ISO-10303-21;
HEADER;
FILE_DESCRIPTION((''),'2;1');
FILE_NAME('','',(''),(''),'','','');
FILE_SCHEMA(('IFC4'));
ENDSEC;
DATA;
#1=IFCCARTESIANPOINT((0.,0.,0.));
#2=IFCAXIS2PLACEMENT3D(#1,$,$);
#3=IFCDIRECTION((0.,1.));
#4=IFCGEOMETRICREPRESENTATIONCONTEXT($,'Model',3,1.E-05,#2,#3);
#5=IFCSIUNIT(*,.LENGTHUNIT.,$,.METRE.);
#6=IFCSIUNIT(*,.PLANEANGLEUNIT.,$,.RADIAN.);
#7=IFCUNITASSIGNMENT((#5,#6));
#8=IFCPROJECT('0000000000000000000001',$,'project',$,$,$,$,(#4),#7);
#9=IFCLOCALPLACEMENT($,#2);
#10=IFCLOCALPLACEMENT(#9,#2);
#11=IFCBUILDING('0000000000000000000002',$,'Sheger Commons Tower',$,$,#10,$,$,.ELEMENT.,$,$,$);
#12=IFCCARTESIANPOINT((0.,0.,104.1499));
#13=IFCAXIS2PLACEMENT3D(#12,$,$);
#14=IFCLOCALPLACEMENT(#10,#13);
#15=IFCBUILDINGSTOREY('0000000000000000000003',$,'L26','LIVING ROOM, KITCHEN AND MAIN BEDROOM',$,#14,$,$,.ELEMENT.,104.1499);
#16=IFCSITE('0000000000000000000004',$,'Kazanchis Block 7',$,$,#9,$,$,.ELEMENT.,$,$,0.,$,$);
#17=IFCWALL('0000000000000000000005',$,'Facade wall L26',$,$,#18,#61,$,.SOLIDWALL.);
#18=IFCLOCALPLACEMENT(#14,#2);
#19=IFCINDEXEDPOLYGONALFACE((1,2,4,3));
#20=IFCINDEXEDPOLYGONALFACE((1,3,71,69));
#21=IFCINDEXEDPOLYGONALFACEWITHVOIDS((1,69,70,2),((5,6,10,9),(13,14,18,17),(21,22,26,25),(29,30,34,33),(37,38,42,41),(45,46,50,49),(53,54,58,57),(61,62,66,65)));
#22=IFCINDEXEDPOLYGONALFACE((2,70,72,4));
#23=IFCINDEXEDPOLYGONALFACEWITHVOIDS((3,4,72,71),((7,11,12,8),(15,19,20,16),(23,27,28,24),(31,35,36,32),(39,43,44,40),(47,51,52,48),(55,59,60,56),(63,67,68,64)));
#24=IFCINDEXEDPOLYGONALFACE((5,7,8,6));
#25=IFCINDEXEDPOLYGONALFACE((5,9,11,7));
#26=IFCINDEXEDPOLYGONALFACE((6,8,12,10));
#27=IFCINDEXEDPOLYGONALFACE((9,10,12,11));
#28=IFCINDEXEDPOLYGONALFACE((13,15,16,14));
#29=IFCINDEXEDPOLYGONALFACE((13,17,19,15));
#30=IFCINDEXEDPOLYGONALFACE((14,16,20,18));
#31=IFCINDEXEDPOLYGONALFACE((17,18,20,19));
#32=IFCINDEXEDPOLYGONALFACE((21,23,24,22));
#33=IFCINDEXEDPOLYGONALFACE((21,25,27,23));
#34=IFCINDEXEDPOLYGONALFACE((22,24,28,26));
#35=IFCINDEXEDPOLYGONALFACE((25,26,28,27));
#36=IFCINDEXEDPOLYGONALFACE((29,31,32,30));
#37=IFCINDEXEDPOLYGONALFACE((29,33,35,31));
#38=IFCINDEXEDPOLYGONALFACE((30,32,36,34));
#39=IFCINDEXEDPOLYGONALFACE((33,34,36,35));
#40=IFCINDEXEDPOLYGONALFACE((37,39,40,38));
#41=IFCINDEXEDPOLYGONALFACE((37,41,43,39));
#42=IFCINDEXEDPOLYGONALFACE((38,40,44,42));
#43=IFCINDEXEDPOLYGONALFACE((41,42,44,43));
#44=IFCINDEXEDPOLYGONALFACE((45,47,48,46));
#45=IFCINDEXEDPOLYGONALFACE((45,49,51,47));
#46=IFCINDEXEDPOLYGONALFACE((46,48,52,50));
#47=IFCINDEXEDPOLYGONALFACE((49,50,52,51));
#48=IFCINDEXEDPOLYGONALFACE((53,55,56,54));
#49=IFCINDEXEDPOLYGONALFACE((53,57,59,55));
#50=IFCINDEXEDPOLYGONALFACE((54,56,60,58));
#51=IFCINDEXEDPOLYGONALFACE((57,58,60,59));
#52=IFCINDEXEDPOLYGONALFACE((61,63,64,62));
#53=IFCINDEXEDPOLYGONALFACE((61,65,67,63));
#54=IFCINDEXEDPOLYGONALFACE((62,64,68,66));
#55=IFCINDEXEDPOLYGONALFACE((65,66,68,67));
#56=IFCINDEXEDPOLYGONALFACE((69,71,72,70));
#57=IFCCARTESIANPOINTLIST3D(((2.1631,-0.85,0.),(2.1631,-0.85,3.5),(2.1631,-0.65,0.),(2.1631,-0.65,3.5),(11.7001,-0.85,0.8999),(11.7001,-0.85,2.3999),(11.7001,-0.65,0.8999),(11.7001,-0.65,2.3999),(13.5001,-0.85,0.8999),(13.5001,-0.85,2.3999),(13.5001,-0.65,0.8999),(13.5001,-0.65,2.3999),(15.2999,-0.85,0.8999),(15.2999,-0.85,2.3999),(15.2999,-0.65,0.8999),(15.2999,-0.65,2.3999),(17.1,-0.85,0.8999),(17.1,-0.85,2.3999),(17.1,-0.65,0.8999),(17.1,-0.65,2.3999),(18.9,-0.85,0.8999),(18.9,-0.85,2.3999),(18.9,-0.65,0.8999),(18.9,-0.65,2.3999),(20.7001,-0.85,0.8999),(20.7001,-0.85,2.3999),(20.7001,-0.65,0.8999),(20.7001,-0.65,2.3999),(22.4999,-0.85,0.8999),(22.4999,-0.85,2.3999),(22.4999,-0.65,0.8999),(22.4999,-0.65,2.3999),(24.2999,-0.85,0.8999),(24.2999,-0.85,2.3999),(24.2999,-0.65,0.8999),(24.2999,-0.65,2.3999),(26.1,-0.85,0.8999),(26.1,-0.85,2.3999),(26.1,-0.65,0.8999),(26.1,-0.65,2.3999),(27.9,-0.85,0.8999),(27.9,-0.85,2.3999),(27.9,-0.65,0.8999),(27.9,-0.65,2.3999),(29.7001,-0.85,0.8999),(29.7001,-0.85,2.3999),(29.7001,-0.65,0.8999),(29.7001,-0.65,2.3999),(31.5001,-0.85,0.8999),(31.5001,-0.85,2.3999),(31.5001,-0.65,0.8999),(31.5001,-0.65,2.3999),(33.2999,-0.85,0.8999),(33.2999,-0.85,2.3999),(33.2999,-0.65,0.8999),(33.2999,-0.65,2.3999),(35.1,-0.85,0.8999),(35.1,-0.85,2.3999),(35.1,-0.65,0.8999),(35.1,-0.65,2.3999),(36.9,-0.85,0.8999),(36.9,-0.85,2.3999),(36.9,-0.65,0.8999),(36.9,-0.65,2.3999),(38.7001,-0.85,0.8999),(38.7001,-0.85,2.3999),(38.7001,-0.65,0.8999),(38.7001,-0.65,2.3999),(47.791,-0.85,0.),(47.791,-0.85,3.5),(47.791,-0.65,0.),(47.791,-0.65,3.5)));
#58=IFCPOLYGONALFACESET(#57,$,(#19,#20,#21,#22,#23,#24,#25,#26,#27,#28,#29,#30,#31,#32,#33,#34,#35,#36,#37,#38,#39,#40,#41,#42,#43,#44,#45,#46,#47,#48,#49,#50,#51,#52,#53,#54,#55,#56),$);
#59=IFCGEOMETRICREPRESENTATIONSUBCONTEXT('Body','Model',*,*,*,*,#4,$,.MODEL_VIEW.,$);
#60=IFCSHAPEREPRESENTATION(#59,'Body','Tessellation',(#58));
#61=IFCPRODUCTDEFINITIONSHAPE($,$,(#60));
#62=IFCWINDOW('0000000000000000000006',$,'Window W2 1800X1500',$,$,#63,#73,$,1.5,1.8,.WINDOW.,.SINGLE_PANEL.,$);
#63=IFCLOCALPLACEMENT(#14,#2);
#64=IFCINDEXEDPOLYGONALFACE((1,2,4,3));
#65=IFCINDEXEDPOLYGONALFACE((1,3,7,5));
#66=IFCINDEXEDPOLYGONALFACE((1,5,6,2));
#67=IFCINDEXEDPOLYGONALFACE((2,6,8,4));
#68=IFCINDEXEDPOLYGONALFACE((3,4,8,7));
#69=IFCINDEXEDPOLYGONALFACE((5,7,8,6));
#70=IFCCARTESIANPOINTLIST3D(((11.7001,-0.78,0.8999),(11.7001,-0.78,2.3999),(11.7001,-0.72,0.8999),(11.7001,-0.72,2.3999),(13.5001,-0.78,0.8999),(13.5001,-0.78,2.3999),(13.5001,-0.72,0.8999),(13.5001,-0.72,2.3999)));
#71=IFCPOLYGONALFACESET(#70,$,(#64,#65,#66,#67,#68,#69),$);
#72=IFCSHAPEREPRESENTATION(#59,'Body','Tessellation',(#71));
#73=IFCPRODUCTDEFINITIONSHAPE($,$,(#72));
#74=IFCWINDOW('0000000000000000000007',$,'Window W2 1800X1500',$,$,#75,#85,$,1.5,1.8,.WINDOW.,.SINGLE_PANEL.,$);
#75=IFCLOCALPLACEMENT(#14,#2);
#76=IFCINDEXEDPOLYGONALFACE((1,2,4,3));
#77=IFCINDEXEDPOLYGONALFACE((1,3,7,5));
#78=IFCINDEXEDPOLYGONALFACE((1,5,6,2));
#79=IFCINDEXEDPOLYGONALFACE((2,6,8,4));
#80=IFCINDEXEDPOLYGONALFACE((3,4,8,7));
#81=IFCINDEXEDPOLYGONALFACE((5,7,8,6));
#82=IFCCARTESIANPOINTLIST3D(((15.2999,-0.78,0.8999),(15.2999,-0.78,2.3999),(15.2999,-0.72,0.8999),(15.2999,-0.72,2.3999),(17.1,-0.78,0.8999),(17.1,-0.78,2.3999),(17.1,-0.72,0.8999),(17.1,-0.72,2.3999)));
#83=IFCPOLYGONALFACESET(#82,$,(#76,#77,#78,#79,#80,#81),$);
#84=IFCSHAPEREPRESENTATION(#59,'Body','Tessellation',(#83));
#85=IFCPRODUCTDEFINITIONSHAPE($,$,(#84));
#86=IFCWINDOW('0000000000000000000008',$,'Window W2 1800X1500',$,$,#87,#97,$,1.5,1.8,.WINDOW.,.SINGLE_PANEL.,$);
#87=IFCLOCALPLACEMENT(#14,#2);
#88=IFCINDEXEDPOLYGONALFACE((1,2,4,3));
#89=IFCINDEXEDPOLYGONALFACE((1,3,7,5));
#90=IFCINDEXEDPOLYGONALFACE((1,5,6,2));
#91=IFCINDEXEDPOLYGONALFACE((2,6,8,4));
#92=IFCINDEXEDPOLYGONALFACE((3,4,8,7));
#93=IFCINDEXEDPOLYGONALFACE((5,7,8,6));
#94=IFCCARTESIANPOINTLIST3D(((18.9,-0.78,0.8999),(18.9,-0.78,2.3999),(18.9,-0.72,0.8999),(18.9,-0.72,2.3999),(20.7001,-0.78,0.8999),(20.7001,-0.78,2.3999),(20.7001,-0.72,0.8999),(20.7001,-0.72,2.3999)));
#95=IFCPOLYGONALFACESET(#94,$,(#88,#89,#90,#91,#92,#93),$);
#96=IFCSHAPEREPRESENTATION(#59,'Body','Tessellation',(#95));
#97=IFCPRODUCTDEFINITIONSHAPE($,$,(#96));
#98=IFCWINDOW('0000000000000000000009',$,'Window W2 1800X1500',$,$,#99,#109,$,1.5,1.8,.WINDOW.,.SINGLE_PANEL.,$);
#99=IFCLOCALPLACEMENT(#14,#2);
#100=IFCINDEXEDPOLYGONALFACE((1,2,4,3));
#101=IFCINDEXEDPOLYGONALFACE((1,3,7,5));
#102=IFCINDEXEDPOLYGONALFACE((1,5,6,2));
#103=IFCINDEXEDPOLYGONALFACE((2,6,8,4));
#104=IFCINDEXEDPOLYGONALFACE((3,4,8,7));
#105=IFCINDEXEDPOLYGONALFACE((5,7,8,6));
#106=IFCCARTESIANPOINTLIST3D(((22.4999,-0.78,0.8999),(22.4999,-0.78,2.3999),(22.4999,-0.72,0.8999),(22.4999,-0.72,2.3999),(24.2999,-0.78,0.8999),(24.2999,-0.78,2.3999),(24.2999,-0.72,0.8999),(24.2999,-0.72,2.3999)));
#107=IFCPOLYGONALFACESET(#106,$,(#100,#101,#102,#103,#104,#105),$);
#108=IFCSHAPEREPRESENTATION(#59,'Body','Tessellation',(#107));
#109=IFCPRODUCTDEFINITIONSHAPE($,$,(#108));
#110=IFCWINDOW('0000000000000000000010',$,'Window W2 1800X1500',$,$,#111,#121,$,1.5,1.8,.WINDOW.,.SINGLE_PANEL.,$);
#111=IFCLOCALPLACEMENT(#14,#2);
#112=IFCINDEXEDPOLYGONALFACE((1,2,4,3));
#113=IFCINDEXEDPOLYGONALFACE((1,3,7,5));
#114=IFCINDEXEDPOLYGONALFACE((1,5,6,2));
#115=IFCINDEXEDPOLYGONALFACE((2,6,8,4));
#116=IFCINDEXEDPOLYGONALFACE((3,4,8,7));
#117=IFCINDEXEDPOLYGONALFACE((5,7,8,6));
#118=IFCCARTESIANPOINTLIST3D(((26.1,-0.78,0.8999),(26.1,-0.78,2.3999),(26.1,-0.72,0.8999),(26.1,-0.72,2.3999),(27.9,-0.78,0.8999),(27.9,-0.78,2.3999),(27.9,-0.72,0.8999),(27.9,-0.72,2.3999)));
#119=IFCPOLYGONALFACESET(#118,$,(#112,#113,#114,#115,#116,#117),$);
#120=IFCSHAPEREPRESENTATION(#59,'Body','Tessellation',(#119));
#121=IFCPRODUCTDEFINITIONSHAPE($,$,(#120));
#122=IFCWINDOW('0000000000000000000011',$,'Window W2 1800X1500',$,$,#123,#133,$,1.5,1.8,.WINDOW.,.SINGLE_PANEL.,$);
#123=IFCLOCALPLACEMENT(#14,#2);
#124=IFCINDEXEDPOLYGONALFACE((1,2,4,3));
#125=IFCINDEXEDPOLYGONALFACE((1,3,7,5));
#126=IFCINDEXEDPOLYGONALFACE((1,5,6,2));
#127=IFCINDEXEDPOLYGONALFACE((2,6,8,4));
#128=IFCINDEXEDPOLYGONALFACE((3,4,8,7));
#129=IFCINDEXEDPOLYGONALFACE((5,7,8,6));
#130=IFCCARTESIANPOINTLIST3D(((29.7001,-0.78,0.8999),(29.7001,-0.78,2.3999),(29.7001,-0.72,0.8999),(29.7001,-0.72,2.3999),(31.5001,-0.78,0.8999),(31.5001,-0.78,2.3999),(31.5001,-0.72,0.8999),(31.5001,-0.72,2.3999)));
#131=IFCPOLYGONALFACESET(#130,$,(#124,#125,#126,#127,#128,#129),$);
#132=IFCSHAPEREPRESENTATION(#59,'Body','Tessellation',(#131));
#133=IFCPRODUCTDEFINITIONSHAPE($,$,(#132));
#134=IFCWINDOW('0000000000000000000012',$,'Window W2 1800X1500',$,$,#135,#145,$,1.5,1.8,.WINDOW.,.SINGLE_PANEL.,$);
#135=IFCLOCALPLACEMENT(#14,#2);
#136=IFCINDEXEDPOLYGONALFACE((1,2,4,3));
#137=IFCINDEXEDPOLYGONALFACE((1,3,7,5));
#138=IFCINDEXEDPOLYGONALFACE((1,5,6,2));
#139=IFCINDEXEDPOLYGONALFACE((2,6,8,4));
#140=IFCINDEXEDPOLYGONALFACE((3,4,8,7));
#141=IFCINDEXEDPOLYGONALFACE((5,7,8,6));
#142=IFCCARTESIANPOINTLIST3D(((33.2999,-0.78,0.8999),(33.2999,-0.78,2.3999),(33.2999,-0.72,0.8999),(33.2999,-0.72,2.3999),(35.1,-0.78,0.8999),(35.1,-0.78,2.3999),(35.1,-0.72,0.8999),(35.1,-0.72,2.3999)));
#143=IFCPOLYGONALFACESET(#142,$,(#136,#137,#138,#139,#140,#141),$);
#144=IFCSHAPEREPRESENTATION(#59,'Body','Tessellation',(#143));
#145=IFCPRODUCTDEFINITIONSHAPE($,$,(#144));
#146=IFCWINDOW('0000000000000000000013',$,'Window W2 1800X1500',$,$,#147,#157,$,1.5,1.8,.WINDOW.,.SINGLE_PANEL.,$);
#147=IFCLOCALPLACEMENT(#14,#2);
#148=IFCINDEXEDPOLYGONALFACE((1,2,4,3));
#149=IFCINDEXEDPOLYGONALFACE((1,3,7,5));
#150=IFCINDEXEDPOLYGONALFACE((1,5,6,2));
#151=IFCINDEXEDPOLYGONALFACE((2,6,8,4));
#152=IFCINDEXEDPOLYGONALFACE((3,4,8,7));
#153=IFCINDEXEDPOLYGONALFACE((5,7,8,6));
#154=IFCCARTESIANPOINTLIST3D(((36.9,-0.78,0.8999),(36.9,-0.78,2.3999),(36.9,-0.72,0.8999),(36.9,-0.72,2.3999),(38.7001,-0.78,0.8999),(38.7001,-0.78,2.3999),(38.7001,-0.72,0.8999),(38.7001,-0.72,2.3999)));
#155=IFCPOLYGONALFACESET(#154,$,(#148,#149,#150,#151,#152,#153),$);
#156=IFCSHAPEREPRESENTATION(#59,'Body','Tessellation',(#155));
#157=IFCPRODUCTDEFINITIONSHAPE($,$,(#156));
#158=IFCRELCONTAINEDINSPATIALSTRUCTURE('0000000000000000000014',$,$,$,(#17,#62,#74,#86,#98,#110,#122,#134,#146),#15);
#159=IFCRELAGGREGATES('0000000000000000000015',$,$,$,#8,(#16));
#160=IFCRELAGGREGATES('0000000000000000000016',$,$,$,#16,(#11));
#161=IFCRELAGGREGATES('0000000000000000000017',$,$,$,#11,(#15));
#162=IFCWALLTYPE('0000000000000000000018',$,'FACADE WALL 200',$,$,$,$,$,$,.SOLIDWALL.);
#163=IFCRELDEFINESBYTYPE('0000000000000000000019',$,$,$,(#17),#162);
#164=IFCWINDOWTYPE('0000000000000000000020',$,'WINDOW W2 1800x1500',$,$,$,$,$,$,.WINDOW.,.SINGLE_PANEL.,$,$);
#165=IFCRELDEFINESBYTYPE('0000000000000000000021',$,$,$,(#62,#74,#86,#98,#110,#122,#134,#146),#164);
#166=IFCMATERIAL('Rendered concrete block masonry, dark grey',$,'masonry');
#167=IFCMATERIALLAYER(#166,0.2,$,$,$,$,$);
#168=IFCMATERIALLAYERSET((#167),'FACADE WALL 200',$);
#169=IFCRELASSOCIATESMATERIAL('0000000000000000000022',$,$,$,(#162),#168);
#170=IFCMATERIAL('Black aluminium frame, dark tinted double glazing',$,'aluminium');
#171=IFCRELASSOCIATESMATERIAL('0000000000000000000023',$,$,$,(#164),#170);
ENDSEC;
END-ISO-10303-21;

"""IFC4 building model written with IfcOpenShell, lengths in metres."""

from ifc_helpers import new_model, si_unit, direction, frame, frame_2d, origin, place, context, subcontext, project, spatial, rectangle, extrude, material, layer, layer_set, type_object, element, fill, save


model = new_model("IFC4")

# Units and contexts
model_context = context("Model", 3, precision=1e-05, world=origin(), true_north=direction((0.0, 1.0)))
body_context = subcontext(model_context, "Body", "Model", "MODEL_VIEW")
ifc_project = project(units=[si_unit("LENGTHUNIT", "METRE"), si_unit("PLANEANGLEUNIT", "RADIAN")], contexts=[model_context])

# Site, building, storey
site_placement = place(None, origin())
site = spatial("IfcSite", under=ifc_project, at=site_placement, Name="Kazanchis Block 7", CompositionType="ELEMENT", RefElevation=0.0)
building_placement = place(site_placement, origin())
building = spatial("IfcBuilding", under=site, at=building_placement, Name="Sheger Commons Tower", CompositionType="ELEMENT")
storey_placement = place(building_placement, frame((0.0, 0.0, 104.1499)))
storey = spatial("IfcBuildingStorey", under=building, at=storey_placement, Name="L26", Description="LIVING ROOM, KITCHEN AND MAIN BEDROOM", CompositionType="ELEMENT", Elevation=104.1499)

# Wall, openings, windows
ifc_material_1 = material(Name="Rendered concrete block masonry, dark grey", Category="masonry")
ifc_layer_1 = layer(ifc_material_1, 0.2)
ifc_layer_set_1 = layer_set([ifc_layer_1], Name="FACADE WALL 200")
wall_type_1 = type_object("IfcWallType", Name="FACADE WALL 200", PredefinedType="SOLIDWALL", material=ifc_layer_set_1)
wall_1_placement = place(storey_placement, frame((2.1631, -0.75, 0.0), z_axis=(0.0, 0.0, 1.0), x_axis=(1.0, 0.0, 0.0)))
wall_1 = element("IfcWall", 1, at=wall_1_placement, inside=storey, type_object=wall_type_1, Name="Facade wall L26", PredefinedType="SOLIDWALL", context=body_context, shape_type="SweptSolid", body=[
    extrude(rectangle(XDim=45.6279, YDim=0.2, at=frame_2d((22.814, 0.0))), origin(), (0.0, 0.0, 1.0), 3.5),
])
opening_1_placement = place(wall_1_placement, frame((9.5371, 0.0, 0.8999)))
opening_1 = element("IfcOpeningElement", 2, at=opening_1_placement, cuts=wall_1, PredefinedType="OPENING", context=body_context, shape_type="SweptSolid", body=[
    extrude(rectangle(XDim=1.8, YDim=1.5, at=frame_2d((0.8999, 0.75))), frame((0.0, 0.1099, 0.0), z_axis=(0.0, -1.0, 0.0), x_axis=(1.0, 0.0, 0.0)), (0.0, 0.0, 1.0), 0.22),
])
opening_2_placement = place(wall_1_placement, frame((13.137, 0.0, 0.8999)))
opening_2 = element("IfcOpeningElement", 3, at=opening_2_placement, cuts=wall_1, PredefinedType="OPENING", context=body_context, shape_type="SweptSolid", body=[
    extrude(rectangle(XDim=1.8, YDim=1.5, at=frame_2d((0.8999, 0.75))), frame((0.0, 0.1099, 0.0), z_axis=(0.0, -1.0, 0.0), x_axis=(1.0, 0.0, 0.0)), (0.0, 0.0, 1.0), 0.22),
])
opening_3_placement = place(wall_1_placement, frame((16.7371, 0.0, 0.8999)))
opening_3 = element("IfcOpeningElement", 4, at=opening_3_placement, cuts=wall_1, PredefinedType="OPENING", context=body_context, shape_type="SweptSolid", body=[
    extrude(rectangle(XDim=1.8, YDim=1.5, at=frame_2d((0.8999, 0.75))), frame((0.0, 0.1099, 0.0), z_axis=(0.0, -1.0, 0.0), x_axis=(1.0, 0.0, 0.0)), (0.0, 0.0, 1.0), 0.22),
])
opening_4_placement = place(wall_1_placement, frame((20.3369, 0.0, 0.8999)))
opening_4 = element("IfcOpeningElement", 5, at=opening_4_placement, cuts=wall_1, PredefinedType="OPENING", context=body_context, shape_type="SweptSolid", body=[
    extrude(rectangle(XDim=1.8, YDim=1.5, at=frame_2d((0.8999, 0.75))), frame((0.0, 0.1099, 0.0), z_axis=(0.0, -1.0, 0.0), x_axis=(1.0, 0.0, 0.0)), (0.0, 0.0, 1.0), 0.22),
])
opening_5_placement = place(wall_1_placement, frame((23.937, 0.0, 0.8999)))
opening_5 = element("IfcOpeningElement", 6, at=opening_5_placement, cuts=wall_1, PredefinedType="OPENING", context=body_context, shape_type="SweptSolid", body=[
    extrude(rectangle(XDim=1.8, YDim=1.5, at=frame_2d((0.8999, 0.75))), frame((0.0, 0.1099, 0.0), z_axis=(0.0, -1.0, 0.0), x_axis=(1.0, 0.0, 0.0)), (0.0, 0.0, 1.0), 0.22),
])
opening_6_placement = place(wall_1_placement, frame((27.5371, 0.0, 0.8999)))
opening_6 = element("IfcOpeningElement", 7, at=opening_6_placement, cuts=wall_1, PredefinedType="OPENING", context=body_context, shape_type="SweptSolid", body=[
    extrude(rectangle(XDim=1.8, YDim=1.5, at=frame_2d((0.8999, 0.75))), frame((0.0, 0.1099, 0.0), z_axis=(0.0, -1.0, 0.0), x_axis=(1.0, 0.0, 0.0)), (0.0, 0.0, 1.0), 0.22),
])
opening_7_placement = place(wall_1_placement, frame((31.137, 0.0, 0.8999)))
opening_7 = element("IfcOpeningElement", 8, at=opening_7_placement, cuts=wall_1, PredefinedType="OPENING", context=body_context, shape_type="SweptSolid", body=[
    extrude(rectangle(XDim=1.8, YDim=1.5, at=frame_2d((0.8999, 0.75))), frame((0.0, 0.1099, 0.0), z_axis=(0.0, -1.0, 0.0), x_axis=(1.0, 0.0, 0.0)), (0.0, 0.0, 1.0), 0.22),
])
opening_8_placement = place(wall_1_placement, frame((34.7371, 0.0, 0.8999)))
opening_8 = element("IfcOpeningElement", 9, at=opening_8_placement, cuts=wall_1, PredefinedType="OPENING", context=body_context, shape_type="SweptSolid", body=[
    extrude(rectangle(XDim=1.8, YDim=1.5, at=frame_2d((0.8999, 0.75))), frame((0.0, 0.1099, 0.0), z_axis=(0.0, -1.0, 0.0), x_axis=(1.0, 0.0, 0.0)), (0.0, 0.0, 1.0), 0.22),
])
ifc_material_2 = material(Name="Black aluminium frame, dark tinted double glazing", Category="aluminium")
window_type = type_object("IfcWindowType", Name="WINDOW W2 1800x1500", PartitioningType="SINGLE_PANEL", PredefinedType="WINDOW", material=ifc_material_2)
window_1_placement = place(opening_1_placement, origin())
window_1 = element("IfcWindow", 10, at=window_1_placement, inside=storey, type_object=window_type, Name="Window W2 1800X1500", OverallHeight=1.5, OverallWidth=1.8, PartitioningType="SINGLE_PANEL", PredefinedType="WINDOW", context=body_context, shape_type="SweptSolid", body=[
    extrude(rectangle(XDim=1.8, YDim=1.5, at=frame_2d((0.8999, 0.75))), frame((0.0, 0.03, 0.0), z_axis=(0.0, -1.0, 0.0), x_axis=(1.0, 0.0, 0.0)), (0.0, 0.0, 1.0), 0.0601),
])
fill(opening_1, window_1)
window_2_placement = place(opening_2_placement, origin())
window_2 = element("IfcWindow", 11, at=window_2_placement, inside=storey, type_object=window_type, Name="Window W2 1800X1500", OverallHeight=1.5, OverallWidth=1.8, PartitioningType="SINGLE_PANEL", PredefinedType="WINDOW", context=body_context, shape_type="SweptSolid", body=[
    extrude(rectangle(XDim=1.8, YDim=1.5, at=frame_2d((0.8999, 0.75))), frame((0.0, 0.03, 0.0), z_axis=(0.0, -1.0, 0.0), x_axis=(1.0, 0.0, 0.0)), (0.0, 0.0, 1.0), 0.0601),
])
fill(opening_2, window_2)
window_3_placement = place(opening_3_placement, origin())
window_3 = element("IfcWindow", 12, at=window_3_placement, inside=storey, type_object=window_type, Name="Window W2 1800X1500", OverallHeight=1.5, OverallWidth=1.8, PartitioningType="SINGLE_PANEL", PredefinedType="WINDOW", context=body_context, shape_type="SweptSolid", body=[
    extrude(rectangle(XDim=1.8, YDim=1.5, at=frame_2d((0.8999, 0.75))), frame((0.0, 0.03, 0.0), z_axis=(0.0, -1.0, 0.0), x_axis=(1.0, 0.0, 0.0)), (0.0, 0.0, 1.0), 0.0601),
])
fill(opening_3, window_3)
window_4_placement = place(opening_4_placement, origin())
window_4 = element("IfcWindow", 13, at=window_4_placement, inside=storey, type_object=window_type, Name="Window W2 1800X1500", OverallHeight=1.5, OverallWidth=1.8, PartitioningType="SINGLE_PANEL", PredefinedType="WINDOW", context=body_context, shape_type="SweptSolid", body=[
    extrude(rectangle(XDim=1.8, YDim=1.5, at=frame_2d((0.8999, 0.75))), frame((0.0, 0.03, 0.0), z_axis=(0.0, -1.0, 0.0), x_axis=(1.0, 0.0, 0.0)), (0.0, 0.0, 1.0), 0.0601),
])
fill(opening_4, window_4)
window_5_placement = place(opening_5_placement, origin())
window_5 = element("IfcWindow", 14, at=window_5_placement, inside=storey, type_object=window_type, Name="Window W2 1800X1500", OverallHeight=1.5, OverallWidth=1.8, PartitioningType="SINGLE_PANEL", PredefinedType="WINDOW", context=body_context, shape_type="SweptSolid", body=[
    extrude(rectangle(XDim=1.8, YDim=1.5, at=frame_2d((0.8999, 0.75))), frame((0.0, 0.03, 0.0), z_axis=(0.0, -1.0, 0.0), x_axis=(1.0, 0.0, 0.0)), (0.0, 0.0, 1.0), 0.0601),
])
fill(opening_5, window_5)
window_6_placement = place(opening_6_placement, origin())
window_6 = element("IfcWindow", 15, at=window_6_placement, inside=storey, type_object=window_type, Name="Window W2 1800X1500", OverallHeight=1.5, OverallWidth=1.8, PartitioningType="SINGLE_PANEL", PredefinedType="WINDOW", context=body_context, shape_type="SweptSolid", body=[
    extrude(rectangle(XDim=1.8, YDim=1.5, at=frame_2d((0.8999, 0.75))), frame((0.0, 0.03, 0.0), z_axis=(0.0, -1.0, 0.0), x_axis=(1.0, 0.0, 0.0)), (0.0, 0.0, 1.0), 0.0601),
])
fill(opening_6, window_6)
window_7_placement = place(opening_7_placement, origin())
window_7 = element("IfcWindow", 16, at=window_7_placement, inside=storey, type_object=window_type, Name="Window W2 1800X1500", OverallHeight=1.5, OverallWidth=1.8, PartitioningType="SINGLE_PANEL", PredefinedType="WINDOW", context=body_context, shape_type="SweptSolid", body=[
    extrude(rectangle(XDim=1.8, YDim=1.5, at=frame_2d((0.8999, 0.75))), frame((0.0, 0.03, 0.0), z_axis=(0.0, -1.0, 0.0), x_axis=(1.0, 0.0, 0.0)), (0.0, 0.0, 1.0), 0.0601),
])
fill(opening_7, window_7)
window_8_placement = place(opening_8_placement, origin())
window_8 = element("IfcWindow", 17, at=window_8_placement, inside=storey, type_object=window_type, Name="Window W2 1800X1500", OverallHeight=1.5, OverallWidth=1.8, PartitioningType="SINGLE_PANEL", PredefinedType="WINDOW", context=body_context, shape_type="SweptSolid", body=[
    extrude(rectangle(XDim=1.8, YDim=1.5, at=frame_2d((0.8999, 0.75))), frame((0.0, 0.03, 0.0), z_axis=(0.0, -1.0, 0.0), x_axis=(1.0, 0.0, 0.0)), (0.0, 0.0, 1.0), 0.0601),
])
fill(opening_8, window_8)

save(model, "model.ifc")
